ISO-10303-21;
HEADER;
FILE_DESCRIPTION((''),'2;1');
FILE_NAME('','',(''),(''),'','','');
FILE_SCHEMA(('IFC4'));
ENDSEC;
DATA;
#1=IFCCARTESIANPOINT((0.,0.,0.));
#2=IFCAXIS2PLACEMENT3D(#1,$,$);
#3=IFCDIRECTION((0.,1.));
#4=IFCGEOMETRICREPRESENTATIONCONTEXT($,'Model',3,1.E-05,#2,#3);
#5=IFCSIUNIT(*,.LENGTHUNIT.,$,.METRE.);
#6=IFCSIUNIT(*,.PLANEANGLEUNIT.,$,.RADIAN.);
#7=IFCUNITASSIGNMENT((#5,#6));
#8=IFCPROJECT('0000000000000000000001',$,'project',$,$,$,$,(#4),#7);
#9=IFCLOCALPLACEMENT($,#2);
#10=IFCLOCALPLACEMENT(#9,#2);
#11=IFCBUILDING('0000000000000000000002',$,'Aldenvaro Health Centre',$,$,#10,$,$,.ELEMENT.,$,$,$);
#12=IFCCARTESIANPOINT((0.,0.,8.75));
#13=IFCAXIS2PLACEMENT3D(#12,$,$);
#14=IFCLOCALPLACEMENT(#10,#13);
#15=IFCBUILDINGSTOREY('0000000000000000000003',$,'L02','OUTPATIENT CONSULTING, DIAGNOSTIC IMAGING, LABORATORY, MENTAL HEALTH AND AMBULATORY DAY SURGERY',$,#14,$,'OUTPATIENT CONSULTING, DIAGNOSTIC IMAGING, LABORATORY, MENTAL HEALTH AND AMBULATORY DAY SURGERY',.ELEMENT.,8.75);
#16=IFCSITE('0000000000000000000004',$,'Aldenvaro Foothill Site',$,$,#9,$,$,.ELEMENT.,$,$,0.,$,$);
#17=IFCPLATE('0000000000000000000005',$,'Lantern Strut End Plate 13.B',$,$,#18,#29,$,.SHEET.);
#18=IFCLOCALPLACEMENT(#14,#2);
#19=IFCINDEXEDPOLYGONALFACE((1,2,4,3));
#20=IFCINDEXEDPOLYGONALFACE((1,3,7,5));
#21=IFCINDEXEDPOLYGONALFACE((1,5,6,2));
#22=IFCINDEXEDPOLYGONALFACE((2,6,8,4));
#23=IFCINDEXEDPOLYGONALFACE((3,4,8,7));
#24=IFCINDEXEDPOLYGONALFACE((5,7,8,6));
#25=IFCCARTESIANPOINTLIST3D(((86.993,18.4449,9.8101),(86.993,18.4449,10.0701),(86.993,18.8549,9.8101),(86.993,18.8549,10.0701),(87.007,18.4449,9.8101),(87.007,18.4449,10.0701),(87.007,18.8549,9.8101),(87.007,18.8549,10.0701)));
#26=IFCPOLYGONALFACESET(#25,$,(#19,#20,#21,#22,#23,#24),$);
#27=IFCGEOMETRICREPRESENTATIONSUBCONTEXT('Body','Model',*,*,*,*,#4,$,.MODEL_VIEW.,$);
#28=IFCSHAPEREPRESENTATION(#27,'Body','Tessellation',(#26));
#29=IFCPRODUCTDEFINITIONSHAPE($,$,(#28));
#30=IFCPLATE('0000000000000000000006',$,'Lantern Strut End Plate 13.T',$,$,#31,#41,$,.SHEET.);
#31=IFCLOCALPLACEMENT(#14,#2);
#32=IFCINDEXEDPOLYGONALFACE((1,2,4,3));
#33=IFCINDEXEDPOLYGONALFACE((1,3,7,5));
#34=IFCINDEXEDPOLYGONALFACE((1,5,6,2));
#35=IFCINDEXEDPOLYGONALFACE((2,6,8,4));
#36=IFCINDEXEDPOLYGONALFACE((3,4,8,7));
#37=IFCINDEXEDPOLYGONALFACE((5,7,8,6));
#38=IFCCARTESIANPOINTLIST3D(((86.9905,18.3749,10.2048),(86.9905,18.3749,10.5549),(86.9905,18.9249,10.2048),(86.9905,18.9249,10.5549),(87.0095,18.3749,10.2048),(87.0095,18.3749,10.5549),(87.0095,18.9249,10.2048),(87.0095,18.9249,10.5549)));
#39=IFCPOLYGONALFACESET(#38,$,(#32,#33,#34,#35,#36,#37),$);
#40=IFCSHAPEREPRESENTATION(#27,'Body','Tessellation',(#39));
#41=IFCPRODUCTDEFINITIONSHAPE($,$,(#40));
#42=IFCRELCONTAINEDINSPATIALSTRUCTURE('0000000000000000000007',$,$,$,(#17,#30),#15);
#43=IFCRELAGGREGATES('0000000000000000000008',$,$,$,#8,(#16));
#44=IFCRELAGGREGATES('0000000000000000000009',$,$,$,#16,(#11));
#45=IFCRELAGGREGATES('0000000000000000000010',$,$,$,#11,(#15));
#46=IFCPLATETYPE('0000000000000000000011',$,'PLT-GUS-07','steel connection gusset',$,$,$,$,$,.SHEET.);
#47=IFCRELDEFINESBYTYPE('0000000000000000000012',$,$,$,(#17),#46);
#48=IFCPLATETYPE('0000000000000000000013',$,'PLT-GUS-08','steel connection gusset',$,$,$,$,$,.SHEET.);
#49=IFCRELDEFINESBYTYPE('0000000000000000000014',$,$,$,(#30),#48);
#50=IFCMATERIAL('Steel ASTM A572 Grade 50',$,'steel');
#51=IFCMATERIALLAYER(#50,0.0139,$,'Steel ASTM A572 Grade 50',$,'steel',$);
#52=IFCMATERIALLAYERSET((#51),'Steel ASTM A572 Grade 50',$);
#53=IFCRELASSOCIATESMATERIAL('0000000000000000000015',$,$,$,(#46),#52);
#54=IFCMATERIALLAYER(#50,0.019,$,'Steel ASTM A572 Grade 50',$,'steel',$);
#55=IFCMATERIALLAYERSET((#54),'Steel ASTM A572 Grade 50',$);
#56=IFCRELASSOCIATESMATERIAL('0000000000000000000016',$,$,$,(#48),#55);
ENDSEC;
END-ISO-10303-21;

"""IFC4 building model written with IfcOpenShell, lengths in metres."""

from ifc_helpers import new_model, si_unit, direction, frame, origin, origin_2d, place, context, subcontext, project, spatial, rectangle, extrude, material, layer, layer_set, type_object, element, save


model = new_model("IFC4")

# Units and contexts
model_context = context("Model", 3, precision=1e-05, world=origin(), true_north=direction((0.0, 1.0)))
body_context = subcontext(model_context, "Body", "Model", "MODEL_VIEW")
ifc_project = project(units=[si_unit("LENGTHUNIT", "METRE"), si_unit("PLANEANGLEUNIT", "RADIAN")], contexts=[model_context])

# Site, building, storey
site_placement = place(None, origin())
site = spatial("IfcSite", under=ifc_project, at=site_placement, Name="Aldenvaro Foothill Site", CompositionType="ELEMENT", RefElevation=0.0)
building_placement = place(site_placement, origin())
building = spatial("IfcBuilding", under=site, at=building_placement, Name="Aldenvaro Health Centre", CompositionType="ELEMENT")
storey_placement = place(building_placement, frame((0.0, 0.0, 8.75)))
storey = spatial("IfcBuildingStorey", under=building, at=storey_placement, Name="L02", Description="OUTPATIENT CONSULTING, DIAGNOSTIC IMAGING, LABORATORY, MENTAL HEALTH AND AMBULATORY DAY SURGERY", LongName="OUTPATIENT CONSULTING, DIAGNOSTIC IMAGING, LABORATORY, MENTAL HEALTH AND AMBULATORY DAY SURGERY", CompositionType="ELEMENT", Elevation=8.75)

# Plates
ifc_material_1 = material(Name="Steel ASTM A572 Grade 50", Category="steel")
ifc_layer_1 = layer(ifc_material_1, 0.0139, Name="Steel ASTM A572 Grade 50", Category="steel")
ifc_layer_set_1 = layer_set([ifc_layer_1], Name="Steel ASTM A572 Grade 50")
plate_type_1 = type_object("IfcPlateType", Name="PLT-GUS-07", Description="steel connection gusset", PredefinedType="SHEET", material=ifc_layer_set_1)
plate_1_placement = place(storey_placement, frame((87.0, 18.6499, 9.8101), z_axis=(0.0, 0.0, 1.0), x_axis=(0.0, -1.0, 0.0)))
element("IfcPlate", 1, at=plate_1_placement, inside=storey, type_object=plate_type_1, Name="Lantern Strut End Plate 13.B", PredefinedType="SHEET", context=body_context, shape_type="SweptSolid", body=[
    extrude(rectangle(XDim=0.4099, YDim=0.0139, at=origin_2d()), origin(), (0.0, 0.0, 1.0), 0.26),
])
ifc_layer_2 = layer(ifc_material_1, 0.019, Name="Steel ASTM A572 Grade 50", Category="steel")
ifc_layer_set_2 = layer_set([ifc_layer_2], Name="Steel ASTM A572 Grade 50")
plate_type_2 = type_object("IfcPlateType", Name="PLT-GUS-08", Description="steel connection gusset", PredefinedType="SHEET", material=ifc_layer_set_2)
plate_2_placement = place(storey_placement, frame((87.0, 18.6499, 10.2048), z_axis=(0.0, 0.0, 1.0), x_axis=(0.0, -1.0, 0.0)))
element("IfcPlate", 2, at=plate_2_placement, inside=storey, type_object=plate_type_2, Name="Lantern Strut End Plate 13.T", PredefinedType="SHEET", context=body_context, shape_type="SweptSolid", body=[
    extrude(rectangle(XDim=0.55, YDim=0.019, at=origin_2d()), origin(), (0.0, 0.0, 1.0), 0.3501),
])

save(model, "model.ifc")
